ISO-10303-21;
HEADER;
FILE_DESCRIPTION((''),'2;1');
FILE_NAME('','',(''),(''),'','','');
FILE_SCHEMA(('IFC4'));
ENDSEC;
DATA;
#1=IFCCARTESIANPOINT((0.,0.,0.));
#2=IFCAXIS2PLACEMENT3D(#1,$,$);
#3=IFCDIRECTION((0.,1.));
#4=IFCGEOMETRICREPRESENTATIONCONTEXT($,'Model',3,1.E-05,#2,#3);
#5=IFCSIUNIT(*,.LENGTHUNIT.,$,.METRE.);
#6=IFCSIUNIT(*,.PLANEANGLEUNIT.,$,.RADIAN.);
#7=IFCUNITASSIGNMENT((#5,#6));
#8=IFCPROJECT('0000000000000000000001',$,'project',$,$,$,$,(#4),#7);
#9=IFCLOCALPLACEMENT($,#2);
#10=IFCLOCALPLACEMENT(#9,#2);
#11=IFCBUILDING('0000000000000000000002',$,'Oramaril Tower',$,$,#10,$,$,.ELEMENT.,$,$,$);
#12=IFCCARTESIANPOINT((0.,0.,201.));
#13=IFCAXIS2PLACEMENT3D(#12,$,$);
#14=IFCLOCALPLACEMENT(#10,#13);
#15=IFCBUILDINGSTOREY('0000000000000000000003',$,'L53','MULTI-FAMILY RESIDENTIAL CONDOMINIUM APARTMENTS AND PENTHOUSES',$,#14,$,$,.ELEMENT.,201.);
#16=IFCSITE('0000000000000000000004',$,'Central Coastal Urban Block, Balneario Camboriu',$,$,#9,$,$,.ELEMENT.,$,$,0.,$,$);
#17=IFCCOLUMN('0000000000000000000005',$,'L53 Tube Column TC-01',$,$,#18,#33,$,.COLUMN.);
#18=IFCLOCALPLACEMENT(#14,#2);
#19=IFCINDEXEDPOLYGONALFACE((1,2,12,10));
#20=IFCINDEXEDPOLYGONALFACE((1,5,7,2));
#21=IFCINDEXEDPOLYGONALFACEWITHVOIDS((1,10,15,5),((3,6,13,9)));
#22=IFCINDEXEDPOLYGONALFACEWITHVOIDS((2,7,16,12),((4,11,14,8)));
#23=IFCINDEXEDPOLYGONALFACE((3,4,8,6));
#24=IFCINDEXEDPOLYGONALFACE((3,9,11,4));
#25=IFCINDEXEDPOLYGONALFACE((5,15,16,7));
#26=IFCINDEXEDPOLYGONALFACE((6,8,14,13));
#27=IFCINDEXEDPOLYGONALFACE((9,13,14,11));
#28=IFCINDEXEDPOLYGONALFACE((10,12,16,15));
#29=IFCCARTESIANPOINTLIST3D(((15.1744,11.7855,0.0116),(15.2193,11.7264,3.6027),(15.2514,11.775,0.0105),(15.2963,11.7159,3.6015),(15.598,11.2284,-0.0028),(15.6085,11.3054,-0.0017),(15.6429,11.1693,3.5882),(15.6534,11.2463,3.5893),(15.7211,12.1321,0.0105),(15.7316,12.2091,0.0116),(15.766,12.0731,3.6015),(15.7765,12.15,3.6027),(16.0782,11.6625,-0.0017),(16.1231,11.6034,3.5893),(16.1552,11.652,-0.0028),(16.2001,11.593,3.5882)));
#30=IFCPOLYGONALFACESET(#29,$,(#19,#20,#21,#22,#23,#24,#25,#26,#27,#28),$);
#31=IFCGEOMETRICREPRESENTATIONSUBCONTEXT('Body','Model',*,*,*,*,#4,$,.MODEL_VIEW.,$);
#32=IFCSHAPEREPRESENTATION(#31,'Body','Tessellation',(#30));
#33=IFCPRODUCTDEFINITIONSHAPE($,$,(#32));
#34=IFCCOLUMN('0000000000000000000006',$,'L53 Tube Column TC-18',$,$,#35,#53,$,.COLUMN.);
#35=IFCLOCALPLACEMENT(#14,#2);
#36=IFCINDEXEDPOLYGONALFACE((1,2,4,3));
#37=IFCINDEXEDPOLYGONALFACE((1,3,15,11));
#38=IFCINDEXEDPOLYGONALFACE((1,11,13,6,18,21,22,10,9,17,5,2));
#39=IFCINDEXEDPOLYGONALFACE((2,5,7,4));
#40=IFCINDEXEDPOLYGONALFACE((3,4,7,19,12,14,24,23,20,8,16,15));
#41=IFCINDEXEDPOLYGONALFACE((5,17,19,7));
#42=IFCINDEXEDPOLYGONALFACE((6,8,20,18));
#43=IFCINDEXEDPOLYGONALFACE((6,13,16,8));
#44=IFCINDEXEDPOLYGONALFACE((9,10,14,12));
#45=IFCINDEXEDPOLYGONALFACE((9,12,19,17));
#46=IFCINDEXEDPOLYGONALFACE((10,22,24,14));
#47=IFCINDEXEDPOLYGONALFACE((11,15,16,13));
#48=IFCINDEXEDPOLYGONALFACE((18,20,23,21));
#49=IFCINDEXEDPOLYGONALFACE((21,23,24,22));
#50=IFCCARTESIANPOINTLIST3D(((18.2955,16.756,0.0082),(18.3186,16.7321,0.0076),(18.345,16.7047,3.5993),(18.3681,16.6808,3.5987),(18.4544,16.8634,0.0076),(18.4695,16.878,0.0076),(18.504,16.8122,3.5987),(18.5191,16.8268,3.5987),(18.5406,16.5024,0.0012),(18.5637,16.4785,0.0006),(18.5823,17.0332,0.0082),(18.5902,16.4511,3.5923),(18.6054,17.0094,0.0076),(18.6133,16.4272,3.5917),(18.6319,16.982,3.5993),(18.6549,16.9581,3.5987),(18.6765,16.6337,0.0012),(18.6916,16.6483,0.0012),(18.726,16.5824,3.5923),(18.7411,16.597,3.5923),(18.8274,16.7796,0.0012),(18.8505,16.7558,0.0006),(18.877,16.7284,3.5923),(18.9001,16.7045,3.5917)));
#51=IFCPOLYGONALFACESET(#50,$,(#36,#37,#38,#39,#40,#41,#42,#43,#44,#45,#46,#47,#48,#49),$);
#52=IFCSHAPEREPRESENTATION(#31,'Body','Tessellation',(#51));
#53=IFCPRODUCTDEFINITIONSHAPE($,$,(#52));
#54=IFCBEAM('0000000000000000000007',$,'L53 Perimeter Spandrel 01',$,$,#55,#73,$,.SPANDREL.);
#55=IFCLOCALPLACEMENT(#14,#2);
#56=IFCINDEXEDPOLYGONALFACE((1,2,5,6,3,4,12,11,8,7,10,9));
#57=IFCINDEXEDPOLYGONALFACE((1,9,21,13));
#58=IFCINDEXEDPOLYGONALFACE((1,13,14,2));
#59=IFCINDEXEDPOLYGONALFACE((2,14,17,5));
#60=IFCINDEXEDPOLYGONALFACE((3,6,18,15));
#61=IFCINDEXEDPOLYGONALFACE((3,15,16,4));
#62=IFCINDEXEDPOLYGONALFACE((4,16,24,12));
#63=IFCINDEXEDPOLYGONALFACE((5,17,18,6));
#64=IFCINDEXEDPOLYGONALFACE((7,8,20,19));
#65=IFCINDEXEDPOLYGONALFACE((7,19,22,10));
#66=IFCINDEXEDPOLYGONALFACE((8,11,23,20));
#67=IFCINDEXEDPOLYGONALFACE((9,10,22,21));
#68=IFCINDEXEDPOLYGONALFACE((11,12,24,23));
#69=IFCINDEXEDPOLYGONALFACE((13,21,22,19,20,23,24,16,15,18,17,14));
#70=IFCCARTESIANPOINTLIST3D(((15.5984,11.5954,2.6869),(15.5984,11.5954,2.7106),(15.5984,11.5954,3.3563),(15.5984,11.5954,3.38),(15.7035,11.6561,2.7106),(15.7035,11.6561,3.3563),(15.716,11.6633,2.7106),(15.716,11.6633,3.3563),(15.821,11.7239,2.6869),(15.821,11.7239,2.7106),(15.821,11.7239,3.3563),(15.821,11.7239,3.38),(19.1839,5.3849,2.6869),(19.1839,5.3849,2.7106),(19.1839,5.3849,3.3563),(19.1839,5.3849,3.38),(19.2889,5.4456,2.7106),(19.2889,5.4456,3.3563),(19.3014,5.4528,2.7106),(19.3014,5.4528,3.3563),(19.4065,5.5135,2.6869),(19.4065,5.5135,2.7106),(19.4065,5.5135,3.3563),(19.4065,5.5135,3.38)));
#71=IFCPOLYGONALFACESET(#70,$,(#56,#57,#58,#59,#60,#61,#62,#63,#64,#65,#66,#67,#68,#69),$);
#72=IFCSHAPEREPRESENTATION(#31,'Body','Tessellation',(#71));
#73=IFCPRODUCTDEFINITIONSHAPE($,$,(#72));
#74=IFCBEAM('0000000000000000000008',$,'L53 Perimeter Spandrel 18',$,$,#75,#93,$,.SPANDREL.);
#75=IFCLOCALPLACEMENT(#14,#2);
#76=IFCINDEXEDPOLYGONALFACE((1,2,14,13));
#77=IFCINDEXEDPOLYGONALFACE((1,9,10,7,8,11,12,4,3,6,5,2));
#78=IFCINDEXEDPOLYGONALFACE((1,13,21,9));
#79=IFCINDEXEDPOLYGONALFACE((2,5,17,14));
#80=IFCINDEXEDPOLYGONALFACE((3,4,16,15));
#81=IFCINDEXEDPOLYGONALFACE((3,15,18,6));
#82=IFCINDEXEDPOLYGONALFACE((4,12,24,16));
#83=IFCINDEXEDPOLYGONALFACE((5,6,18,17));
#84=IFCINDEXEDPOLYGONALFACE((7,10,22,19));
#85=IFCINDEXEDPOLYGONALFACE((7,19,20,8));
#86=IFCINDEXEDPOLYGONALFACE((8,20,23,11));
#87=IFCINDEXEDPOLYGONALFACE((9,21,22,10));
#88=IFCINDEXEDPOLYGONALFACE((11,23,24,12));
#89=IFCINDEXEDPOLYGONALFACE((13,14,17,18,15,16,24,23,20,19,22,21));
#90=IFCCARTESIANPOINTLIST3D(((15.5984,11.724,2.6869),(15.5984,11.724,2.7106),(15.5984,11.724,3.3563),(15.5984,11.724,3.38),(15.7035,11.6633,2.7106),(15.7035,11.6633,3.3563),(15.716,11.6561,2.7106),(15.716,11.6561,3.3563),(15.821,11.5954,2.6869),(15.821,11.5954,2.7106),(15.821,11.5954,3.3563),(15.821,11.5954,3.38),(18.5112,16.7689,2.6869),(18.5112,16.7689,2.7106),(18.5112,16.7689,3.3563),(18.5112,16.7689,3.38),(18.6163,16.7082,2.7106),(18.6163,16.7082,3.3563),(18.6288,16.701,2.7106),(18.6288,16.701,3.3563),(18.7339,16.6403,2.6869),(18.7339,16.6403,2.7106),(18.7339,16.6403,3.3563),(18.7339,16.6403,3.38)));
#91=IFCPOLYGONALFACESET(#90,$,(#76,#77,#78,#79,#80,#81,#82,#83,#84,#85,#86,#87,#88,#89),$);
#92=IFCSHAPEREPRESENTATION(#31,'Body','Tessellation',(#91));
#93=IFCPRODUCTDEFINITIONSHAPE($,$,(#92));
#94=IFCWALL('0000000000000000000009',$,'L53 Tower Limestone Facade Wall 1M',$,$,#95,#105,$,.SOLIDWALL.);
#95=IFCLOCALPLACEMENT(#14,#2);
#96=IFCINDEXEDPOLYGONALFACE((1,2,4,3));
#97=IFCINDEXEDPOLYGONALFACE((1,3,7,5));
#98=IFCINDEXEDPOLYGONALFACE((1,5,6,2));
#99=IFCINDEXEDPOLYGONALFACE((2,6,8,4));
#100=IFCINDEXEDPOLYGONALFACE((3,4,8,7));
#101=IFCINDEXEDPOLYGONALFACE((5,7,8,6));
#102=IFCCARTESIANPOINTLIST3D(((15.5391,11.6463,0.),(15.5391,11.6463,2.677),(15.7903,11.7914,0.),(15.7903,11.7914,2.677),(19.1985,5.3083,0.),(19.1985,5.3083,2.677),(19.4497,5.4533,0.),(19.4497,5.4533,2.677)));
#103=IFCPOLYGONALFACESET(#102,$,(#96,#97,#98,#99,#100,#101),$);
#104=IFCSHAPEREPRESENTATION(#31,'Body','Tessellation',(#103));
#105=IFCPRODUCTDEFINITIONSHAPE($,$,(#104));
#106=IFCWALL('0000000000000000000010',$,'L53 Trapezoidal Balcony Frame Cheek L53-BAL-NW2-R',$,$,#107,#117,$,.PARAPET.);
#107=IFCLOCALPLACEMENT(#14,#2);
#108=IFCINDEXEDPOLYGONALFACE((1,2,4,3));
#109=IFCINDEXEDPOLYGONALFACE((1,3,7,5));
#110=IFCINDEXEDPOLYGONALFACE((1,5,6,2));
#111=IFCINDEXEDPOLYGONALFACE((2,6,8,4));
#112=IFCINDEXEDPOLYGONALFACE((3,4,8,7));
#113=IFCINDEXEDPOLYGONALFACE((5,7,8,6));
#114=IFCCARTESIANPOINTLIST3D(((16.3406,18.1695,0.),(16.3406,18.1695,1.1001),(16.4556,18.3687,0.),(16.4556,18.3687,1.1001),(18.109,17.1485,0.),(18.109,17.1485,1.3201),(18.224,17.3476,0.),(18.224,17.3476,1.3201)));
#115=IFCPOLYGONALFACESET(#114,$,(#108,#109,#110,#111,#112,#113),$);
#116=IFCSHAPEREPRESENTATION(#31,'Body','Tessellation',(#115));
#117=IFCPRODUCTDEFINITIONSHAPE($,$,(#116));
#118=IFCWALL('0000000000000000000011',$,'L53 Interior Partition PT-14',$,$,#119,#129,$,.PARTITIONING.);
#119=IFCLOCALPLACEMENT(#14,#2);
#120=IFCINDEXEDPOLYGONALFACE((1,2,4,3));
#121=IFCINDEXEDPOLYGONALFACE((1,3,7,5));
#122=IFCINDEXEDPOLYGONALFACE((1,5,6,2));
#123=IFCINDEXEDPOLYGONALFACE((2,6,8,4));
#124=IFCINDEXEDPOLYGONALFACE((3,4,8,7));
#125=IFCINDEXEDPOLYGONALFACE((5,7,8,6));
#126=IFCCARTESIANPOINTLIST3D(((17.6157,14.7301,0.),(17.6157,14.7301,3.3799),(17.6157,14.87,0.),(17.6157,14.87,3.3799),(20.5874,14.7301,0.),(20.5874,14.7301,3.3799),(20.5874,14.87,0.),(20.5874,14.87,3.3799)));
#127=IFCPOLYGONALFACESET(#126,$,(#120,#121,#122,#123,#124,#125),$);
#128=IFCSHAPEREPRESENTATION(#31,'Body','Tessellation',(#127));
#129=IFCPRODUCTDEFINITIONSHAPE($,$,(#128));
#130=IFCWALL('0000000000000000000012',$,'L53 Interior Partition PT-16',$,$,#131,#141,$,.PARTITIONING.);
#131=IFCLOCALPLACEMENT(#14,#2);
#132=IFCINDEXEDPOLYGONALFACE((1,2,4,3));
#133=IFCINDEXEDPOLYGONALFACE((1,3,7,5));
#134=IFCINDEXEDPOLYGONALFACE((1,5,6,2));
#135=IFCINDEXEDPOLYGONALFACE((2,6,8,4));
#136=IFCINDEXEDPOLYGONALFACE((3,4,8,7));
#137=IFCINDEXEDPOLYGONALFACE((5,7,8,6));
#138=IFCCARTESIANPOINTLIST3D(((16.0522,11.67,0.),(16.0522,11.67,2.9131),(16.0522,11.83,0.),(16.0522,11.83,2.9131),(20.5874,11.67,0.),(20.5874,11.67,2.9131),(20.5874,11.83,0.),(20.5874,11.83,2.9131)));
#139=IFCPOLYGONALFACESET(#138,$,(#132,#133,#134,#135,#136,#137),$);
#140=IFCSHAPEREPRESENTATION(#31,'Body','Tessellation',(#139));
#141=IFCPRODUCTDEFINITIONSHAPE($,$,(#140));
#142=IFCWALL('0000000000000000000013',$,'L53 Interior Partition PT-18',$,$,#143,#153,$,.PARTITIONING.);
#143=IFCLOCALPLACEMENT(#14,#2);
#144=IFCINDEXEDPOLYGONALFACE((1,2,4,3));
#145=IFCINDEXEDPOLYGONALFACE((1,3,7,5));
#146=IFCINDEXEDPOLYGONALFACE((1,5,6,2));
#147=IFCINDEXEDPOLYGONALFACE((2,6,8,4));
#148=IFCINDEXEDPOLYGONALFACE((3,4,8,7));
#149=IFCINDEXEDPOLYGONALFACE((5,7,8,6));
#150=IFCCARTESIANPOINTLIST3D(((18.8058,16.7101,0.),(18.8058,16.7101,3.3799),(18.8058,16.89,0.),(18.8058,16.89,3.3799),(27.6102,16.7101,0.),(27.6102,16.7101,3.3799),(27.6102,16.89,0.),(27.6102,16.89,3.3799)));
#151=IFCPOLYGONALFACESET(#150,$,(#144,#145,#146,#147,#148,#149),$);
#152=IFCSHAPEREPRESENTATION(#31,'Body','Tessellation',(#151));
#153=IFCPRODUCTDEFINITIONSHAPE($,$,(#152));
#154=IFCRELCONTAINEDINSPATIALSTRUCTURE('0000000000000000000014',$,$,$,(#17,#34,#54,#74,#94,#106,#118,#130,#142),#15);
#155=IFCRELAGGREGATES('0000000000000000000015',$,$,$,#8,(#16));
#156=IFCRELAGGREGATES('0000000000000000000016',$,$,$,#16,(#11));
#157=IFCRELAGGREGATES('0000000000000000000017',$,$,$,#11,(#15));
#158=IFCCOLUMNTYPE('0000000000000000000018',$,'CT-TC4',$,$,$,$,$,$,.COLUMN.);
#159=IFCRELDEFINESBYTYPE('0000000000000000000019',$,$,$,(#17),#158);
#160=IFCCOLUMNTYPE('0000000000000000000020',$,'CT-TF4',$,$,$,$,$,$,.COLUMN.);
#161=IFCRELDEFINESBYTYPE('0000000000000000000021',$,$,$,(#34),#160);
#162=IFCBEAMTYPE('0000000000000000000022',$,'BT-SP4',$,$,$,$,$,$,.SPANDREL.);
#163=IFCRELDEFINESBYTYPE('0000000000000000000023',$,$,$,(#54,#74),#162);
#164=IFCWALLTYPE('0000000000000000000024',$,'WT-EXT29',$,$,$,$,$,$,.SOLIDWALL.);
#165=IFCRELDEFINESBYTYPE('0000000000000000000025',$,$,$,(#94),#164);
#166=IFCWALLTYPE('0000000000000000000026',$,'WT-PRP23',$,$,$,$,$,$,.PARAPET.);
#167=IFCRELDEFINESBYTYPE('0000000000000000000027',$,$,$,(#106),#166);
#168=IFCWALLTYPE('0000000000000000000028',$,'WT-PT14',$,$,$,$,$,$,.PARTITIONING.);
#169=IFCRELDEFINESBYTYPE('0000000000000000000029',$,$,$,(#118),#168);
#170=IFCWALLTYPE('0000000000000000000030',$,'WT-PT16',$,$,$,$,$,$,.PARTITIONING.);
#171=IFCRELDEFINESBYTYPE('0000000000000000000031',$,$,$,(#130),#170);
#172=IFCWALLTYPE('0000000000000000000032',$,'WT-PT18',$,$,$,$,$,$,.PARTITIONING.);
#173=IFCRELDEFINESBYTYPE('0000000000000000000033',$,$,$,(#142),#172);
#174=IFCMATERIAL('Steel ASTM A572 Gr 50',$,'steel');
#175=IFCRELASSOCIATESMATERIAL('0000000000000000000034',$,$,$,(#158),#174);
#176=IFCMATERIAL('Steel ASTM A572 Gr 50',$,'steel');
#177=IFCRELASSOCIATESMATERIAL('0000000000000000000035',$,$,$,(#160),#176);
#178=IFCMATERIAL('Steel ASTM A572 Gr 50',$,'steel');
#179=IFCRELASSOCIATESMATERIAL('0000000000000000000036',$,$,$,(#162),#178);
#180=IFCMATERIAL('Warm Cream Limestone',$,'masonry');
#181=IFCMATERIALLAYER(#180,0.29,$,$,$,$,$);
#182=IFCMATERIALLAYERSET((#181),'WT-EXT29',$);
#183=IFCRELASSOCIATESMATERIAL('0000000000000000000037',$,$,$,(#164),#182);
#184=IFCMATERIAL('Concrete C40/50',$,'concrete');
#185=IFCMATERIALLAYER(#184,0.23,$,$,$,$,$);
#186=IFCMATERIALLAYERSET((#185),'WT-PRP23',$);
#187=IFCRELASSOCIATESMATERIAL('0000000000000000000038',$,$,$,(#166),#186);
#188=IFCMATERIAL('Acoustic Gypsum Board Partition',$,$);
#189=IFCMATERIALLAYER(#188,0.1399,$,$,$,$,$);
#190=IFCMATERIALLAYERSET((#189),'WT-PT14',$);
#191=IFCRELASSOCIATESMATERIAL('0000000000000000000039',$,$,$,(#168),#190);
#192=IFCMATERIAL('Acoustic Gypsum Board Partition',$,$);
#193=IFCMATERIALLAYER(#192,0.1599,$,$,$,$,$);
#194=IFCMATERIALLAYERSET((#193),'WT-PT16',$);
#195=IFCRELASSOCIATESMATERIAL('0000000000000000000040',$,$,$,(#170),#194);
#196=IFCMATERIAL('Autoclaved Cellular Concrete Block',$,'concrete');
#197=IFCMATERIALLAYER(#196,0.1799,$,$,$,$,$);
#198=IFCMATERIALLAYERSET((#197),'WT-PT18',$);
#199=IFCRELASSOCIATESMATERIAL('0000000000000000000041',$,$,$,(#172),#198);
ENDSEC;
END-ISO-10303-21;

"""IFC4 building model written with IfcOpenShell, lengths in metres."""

from ifc_helpers import new_model, si_unit, direction, frame, frame_2d, origin, origin_2d, place, context, subcontext, project, spatial, polyline, rectangle, hollow_rectangle, i_section, outline, extrude, material, layer, layer_set, material_profile, profile_set, type_object, element, save


model = new_model("IFC4")

# Units and contexts
model_context = context("Model", 3, precision=1e-05, world=origin(), true_north=direction((0.0, 1.0)))
body_context = subcontext(model_context, "Body", "Model", "MODEL_VIEW")
ifc_project = project(units=[si_unit("LENGTHUNIT", "METRE"), si_unit("PLANEANGLEUNIT", "RADIAN")], contexts=[model_context])

# Site, building, storey
site_placement = place(None, origin())
site = spatial("IfcSite", under=ifc_project, at=site_placement, Name="Central Coastal Urban Block, Balneario Camboriu", CompositionType="ELEMENT", RefElevation=0.0)
building_placement = place(site_placement, origin())
building = spatial("IfcBuilding", under=site, at=building_placement, Name="Oramaril Tower", CompositionType="ELEMENT")
storey_placement = place(building_placement, frame((0.0, 0.0, 201.0)))
storey = spatial("IfcBuildingStorey", under=building, at=storey_placement, Name="L53", Description="MULTI-FAMILY RESIDENTIAL CONDOMINIUM APARTMENTS AND PENTHOUSES", CompositionType="ELEMENT", Elevation=201.0)

# Columns
ifc_material_1 = material(Name="Steel ASTM A572 Gr 50", Category="steel")
ifc_material_profile_1 = material_profile(ifc_material_1, hollow_rectangle(XDim=0.7, YDim=0.7, WallThickness=0.0549, at=origin_2d()), Name="BOX700X700X55")
ifc_profile_set_1 = profile_set([ifc_material_profile_1], Name="Steel ASTM A572 Gr 50")
column_type_1 = type_object("IfcColumnType", Name="CT-TC4", PredefinedType="COLUMN", material=ifc_profile_set_1)
column_1_placement = place(storey_placement, frame((15.6648, 11.7188, 0.0044), z_axis=(0.012507, -0.016449, 0.999786), x_axis=(0.796035, 0.60525, 0.0)))
element("IfcColumn", 1, at=column_1_placement, inside=storey, type_object=column_type_1, Name="L53 Tube Column TC-01", PredefinedType="COLUMN", context=body_context, shape_type="SweptSolid", body=[
    extrude(hollow_rectangle(XDim=0.7, YDim=0.7, WallThickness=0.0549, at=origin_2d()), origin(), (0.0, 0.0, 1.0), 3.5918),
])
ifc_material_2 = material(Name="Steel ASTM A572 Gr 50", Category="steel")
ifc_material_profile_2 = material_profile(ifc_material_2, i_section(OverallWidth=0.3989, OverallDepth=0.386, WebThickness=0.021, FlangeThickness=0.0332, at=origin_2d()), Name="W14X176")
ifc_profile_set_2 = profile_set([ifc_material_profile_2], Name="Steel ASTM A572 Gr 50")
column_type_2 = type_object("IfcColumnType", Name="CT-TF4", PredefinedType="COLUMN", material=ifc_profile_set_2)
column_2_placement = place(storey_placement, frame((18.573, 16.7559, 0.0044), z_axis=(0.013798, -0.014274, 0.999803), x_axis=(0.718988, 0.695022, 0.0)))
element("IfcColumn", 2, at=column_2_placement, inside=storey, type_object=column_type_2, Name="L53 Tube Column TC-18", PredefinedType="COLUMN", context=body_context, shape_type="SweptSolid", body=[
    extrude(i_section(OverallWidth=0.3989, OverallDepth=0.386, WebThickness=0.021, FlangeThickness=0.0332, at=origin_2d()), origin(), (0.0, 0.0, 1.0), 3.5918),
])

# Beams
ifc_material_3 = material(Name="Steel ASTM A572 Gr 50", Category="steel")
ifc_material_profile_3 = material_profile(ifc_material_3, i_section(OverallWidth=0.2571, OverallDepth=0.6931, WebThickness=0.0144, FlangeThickness=0.0237, at=origin_2d()), Name="W27X114")
ifc_profile_set_3 = profile_set([ifc_material_profile_3], Name="Steel ASTM A572 Gr 50")
beam_type = type_object("IfcBeamType", Name="BT-SP4", PredefinedType="SPANDREL", material=ifc_profile_set_3)
beam_1_placement = place(storey_placement, frame((15.7097, 11.6597, 3.0334), z_axis=(0.499984, -0.866035, 0.0), x_axis=(0.866035, 0.499984, 0.0)))
element("IfcBeam", 3, at=beam_1_placement, inside=storey, type_object=beam_type, Name="L53 Perimeter Spandrel 01", PredefinedType="SPANDREL", context=body_context, shape_type="SweptSolid", body=[
    extrude(i_section(OverallWidth=0.2571, OverallDepth=0.6931, WebThickness=0.0144, FlangeThickness=0.0237, at=origin_2d()), origin(), (0.0, 0.0, 1.0), 7.1711),
])
beam_2_placement = place(storey_placement, frame((18.6226, 16.7046, 3.0334), z_axis=(-0.50002, -0.866014, 0.0), x_axis=(0.866014, -0.50002, 0.0)))
element("IfcBeam", 4, at=beam_2_placement, inside=storey, type_object=beam_type, Name="L53 Perimeter Spandrel 18", PredefinedType="SPANDREL", context=body_context, shape_type="SweptSolid", body=[
    extrude(i_section(OverallWidth=0.2571, OverallDepth=0.6931, WebThickness=0.0144, FlangeThickness=0.0237, at=origin_2d()), origin(), (0.0, 0.0, 1.0), 5.8254),
])

# Walls
ifc_material_4 = material(Name="Warm Cream Limestone", Category="masonry")
ifc_layer_1 = layer(ifc_material_4, 0.29)
ifc_layer_set_1 = layer_set([ifc_layer_1], Name="WT-EXT29")
wall_type_1 = type_object("IfcWallType", Name="WT-EXT29", PredefinedType="SOLIDWALL", material=ifc_layer_set_1)
wall_1_placement = place(storey_placement, frame((15.6648, 11.7188, 0.0), z_axis=(0.0, 0.0, 1.0), x_axis=(0.50001, -0.866019, 0.0)))
element("IfcWall", 5, at=wall_1_placement, inside=storey, type_object=wall_type_1, Name="L53 Tower Limestone Facade Wall 1M", PredefinedType="SOLIDWALL", context=body_context, shape_type="SweptSolid", body=[
    extrude(rectangle(XDim=7.3186, YDim=0.29, at=frame_2d((3.6592, 0.0))), origin(), (0.0, 0.0, 1.0), 2.677),
])
ifc_material_5 = material(Name="Concrete C40/50", Category="concrete")
ifc_layer_2 = layer(ifc_material_5, 0.23)
ifc_layer_set_2 = layer_set([ifc_layer_2], Name="WT-PRP23")
wall_type_2 = type_object("IfcWallType", Name="WT-PRP23", PredefinedType="PARAPET", material=ifc_layer_set_2)
wall_2_placement = place(storey_placement, frame((18.1665, 17.248, 0.0), z_axis=(0.0, 0.0, 1.0), x_axis=(-0.866012, 0.500023, 0.0)))
element("IfcWall", 6, at=wall_2_placement, inside=storey, type_object=wall_type_2, Name="L53 Trapezoidal Balcony Frame Cheek L53-BAL-NW2-R", PredefinedType="PARAPET", context=body_context, shape_type="SweptSolid", body=[
    extrude(outline(polyline([(0.0, 0.0), (2.042, 0.0), (2.042, 1.1001), (0.0, 1.3201), (0.0, 0.0)])), frame((0.0, 0.115, 0.0), z_axis=(0.0, -1.0, 0.0), x_axis=(1.0, 0.0, 0.0)), (0.0, 0.0, 1.0), 0.23),
])
ifc_material_6 = material(Name="Acoustic Gypsum Board Partition")
ifc_layer_3 = layer(ifc_material_6, 0.1399)
ifc_layer_set_3 = layer_set([ifc_layer_3], Name="WT-PT14")
wall_type_3 = type_object("IfcWallType", Name="WT-PT14", PredefinedType="PARTITIONING", material=ifc_layer_set_3)
wall_3_placement = place(storey_placement, frame((17.6157, 14.8, 0.0), z_axis=(0.0, 0.0, 1.0), x_axis=(1.0, 0.0, 0.0)))
element("IfcWall", 7, at=wall_3_placement, inside=storey, type_object=wall_type_3, Name="L53 Interior Partition PT-14", PredefinedType="PARTITIONING", context=body_context, shape_type="SweptSolid", body=[
    extrude(rectangle(XDim=2.9717, YDim=0.1399, at=frame_2d((1.4858, 0.0))), origin(), (0.0, 0.0, 1.0), 3.3799),
])
ifc_material_7 = material(Name="Acoustic Gypsum Board Partition")
ifc_layer_4 = layer(ifc_material_7, 0.1599)
ifc_layer_set_4 = layer_set([ifc_layer_4], Name="WT-PT16")
wall_type_4 = type_object("IfcWallType", Name="WT-PT16", PredefinedType="PARTITIONING", material=ifc_layer_set_4)
wall_4_placement = place(storey_placement, frame((16.0522, 11.75, 0.0), z_axis=(0.0, 0.0, 1.0), x_axis=(1.0, 0.0, 0.0)))
element("IfcWall", 8, at=wall_4_placement, inside=storey, type_object=wall_type_4, Name="L53 Interior Partition PT-16", PredefinedType="PARTITIONING", context=body_context, shape_type="SweptSolid", body=[
    extrude(rectangle(XDim=4.5352, YDim=0.1599, at=frame_2d((2.2676, 0.0))), origin(), (0.0, 0.0, 1.0), 2.9131),
])

# Shared definitions
ifc_material_8 = material(Name="Autoclaved Cellular Concrete Block", Category="concrete")
ifc_layer_5 = layer(ifc_material_8, 0.1799)
ifc_layer_set_5 = layer_set([ifc_layer_5], Name="WT-PT18")
wall_type_5 = type_object("IfcWallType", Name="WT-PT18", PredefinedType="PARTITIONING", material=ifc_layer_set_5)

# Wall
wall_5_placement = place(storey_placement, frame((18.8057, 16.8, 0.0), z_axis=(0.0, 0.0, 1.0), x_axis=(1.0, 0.0, 0.0)))
element("IfcWall", 9, at=wall_5_placement, inside=storey, type_object=wall_type_5, Name="L53 Interior Partition PT-18", PredefinedType="PARTITIONING", context=body_context, shape_type="SweptSolid", body=[
    extrude(rectangle(XDim=8.8044, YDim=0.1799, at=frame_2d((4.4023, 0.0))), origin(), (0.0, 0.0, 1.0), 3.3799),
])

save(model, "model.ifc")
